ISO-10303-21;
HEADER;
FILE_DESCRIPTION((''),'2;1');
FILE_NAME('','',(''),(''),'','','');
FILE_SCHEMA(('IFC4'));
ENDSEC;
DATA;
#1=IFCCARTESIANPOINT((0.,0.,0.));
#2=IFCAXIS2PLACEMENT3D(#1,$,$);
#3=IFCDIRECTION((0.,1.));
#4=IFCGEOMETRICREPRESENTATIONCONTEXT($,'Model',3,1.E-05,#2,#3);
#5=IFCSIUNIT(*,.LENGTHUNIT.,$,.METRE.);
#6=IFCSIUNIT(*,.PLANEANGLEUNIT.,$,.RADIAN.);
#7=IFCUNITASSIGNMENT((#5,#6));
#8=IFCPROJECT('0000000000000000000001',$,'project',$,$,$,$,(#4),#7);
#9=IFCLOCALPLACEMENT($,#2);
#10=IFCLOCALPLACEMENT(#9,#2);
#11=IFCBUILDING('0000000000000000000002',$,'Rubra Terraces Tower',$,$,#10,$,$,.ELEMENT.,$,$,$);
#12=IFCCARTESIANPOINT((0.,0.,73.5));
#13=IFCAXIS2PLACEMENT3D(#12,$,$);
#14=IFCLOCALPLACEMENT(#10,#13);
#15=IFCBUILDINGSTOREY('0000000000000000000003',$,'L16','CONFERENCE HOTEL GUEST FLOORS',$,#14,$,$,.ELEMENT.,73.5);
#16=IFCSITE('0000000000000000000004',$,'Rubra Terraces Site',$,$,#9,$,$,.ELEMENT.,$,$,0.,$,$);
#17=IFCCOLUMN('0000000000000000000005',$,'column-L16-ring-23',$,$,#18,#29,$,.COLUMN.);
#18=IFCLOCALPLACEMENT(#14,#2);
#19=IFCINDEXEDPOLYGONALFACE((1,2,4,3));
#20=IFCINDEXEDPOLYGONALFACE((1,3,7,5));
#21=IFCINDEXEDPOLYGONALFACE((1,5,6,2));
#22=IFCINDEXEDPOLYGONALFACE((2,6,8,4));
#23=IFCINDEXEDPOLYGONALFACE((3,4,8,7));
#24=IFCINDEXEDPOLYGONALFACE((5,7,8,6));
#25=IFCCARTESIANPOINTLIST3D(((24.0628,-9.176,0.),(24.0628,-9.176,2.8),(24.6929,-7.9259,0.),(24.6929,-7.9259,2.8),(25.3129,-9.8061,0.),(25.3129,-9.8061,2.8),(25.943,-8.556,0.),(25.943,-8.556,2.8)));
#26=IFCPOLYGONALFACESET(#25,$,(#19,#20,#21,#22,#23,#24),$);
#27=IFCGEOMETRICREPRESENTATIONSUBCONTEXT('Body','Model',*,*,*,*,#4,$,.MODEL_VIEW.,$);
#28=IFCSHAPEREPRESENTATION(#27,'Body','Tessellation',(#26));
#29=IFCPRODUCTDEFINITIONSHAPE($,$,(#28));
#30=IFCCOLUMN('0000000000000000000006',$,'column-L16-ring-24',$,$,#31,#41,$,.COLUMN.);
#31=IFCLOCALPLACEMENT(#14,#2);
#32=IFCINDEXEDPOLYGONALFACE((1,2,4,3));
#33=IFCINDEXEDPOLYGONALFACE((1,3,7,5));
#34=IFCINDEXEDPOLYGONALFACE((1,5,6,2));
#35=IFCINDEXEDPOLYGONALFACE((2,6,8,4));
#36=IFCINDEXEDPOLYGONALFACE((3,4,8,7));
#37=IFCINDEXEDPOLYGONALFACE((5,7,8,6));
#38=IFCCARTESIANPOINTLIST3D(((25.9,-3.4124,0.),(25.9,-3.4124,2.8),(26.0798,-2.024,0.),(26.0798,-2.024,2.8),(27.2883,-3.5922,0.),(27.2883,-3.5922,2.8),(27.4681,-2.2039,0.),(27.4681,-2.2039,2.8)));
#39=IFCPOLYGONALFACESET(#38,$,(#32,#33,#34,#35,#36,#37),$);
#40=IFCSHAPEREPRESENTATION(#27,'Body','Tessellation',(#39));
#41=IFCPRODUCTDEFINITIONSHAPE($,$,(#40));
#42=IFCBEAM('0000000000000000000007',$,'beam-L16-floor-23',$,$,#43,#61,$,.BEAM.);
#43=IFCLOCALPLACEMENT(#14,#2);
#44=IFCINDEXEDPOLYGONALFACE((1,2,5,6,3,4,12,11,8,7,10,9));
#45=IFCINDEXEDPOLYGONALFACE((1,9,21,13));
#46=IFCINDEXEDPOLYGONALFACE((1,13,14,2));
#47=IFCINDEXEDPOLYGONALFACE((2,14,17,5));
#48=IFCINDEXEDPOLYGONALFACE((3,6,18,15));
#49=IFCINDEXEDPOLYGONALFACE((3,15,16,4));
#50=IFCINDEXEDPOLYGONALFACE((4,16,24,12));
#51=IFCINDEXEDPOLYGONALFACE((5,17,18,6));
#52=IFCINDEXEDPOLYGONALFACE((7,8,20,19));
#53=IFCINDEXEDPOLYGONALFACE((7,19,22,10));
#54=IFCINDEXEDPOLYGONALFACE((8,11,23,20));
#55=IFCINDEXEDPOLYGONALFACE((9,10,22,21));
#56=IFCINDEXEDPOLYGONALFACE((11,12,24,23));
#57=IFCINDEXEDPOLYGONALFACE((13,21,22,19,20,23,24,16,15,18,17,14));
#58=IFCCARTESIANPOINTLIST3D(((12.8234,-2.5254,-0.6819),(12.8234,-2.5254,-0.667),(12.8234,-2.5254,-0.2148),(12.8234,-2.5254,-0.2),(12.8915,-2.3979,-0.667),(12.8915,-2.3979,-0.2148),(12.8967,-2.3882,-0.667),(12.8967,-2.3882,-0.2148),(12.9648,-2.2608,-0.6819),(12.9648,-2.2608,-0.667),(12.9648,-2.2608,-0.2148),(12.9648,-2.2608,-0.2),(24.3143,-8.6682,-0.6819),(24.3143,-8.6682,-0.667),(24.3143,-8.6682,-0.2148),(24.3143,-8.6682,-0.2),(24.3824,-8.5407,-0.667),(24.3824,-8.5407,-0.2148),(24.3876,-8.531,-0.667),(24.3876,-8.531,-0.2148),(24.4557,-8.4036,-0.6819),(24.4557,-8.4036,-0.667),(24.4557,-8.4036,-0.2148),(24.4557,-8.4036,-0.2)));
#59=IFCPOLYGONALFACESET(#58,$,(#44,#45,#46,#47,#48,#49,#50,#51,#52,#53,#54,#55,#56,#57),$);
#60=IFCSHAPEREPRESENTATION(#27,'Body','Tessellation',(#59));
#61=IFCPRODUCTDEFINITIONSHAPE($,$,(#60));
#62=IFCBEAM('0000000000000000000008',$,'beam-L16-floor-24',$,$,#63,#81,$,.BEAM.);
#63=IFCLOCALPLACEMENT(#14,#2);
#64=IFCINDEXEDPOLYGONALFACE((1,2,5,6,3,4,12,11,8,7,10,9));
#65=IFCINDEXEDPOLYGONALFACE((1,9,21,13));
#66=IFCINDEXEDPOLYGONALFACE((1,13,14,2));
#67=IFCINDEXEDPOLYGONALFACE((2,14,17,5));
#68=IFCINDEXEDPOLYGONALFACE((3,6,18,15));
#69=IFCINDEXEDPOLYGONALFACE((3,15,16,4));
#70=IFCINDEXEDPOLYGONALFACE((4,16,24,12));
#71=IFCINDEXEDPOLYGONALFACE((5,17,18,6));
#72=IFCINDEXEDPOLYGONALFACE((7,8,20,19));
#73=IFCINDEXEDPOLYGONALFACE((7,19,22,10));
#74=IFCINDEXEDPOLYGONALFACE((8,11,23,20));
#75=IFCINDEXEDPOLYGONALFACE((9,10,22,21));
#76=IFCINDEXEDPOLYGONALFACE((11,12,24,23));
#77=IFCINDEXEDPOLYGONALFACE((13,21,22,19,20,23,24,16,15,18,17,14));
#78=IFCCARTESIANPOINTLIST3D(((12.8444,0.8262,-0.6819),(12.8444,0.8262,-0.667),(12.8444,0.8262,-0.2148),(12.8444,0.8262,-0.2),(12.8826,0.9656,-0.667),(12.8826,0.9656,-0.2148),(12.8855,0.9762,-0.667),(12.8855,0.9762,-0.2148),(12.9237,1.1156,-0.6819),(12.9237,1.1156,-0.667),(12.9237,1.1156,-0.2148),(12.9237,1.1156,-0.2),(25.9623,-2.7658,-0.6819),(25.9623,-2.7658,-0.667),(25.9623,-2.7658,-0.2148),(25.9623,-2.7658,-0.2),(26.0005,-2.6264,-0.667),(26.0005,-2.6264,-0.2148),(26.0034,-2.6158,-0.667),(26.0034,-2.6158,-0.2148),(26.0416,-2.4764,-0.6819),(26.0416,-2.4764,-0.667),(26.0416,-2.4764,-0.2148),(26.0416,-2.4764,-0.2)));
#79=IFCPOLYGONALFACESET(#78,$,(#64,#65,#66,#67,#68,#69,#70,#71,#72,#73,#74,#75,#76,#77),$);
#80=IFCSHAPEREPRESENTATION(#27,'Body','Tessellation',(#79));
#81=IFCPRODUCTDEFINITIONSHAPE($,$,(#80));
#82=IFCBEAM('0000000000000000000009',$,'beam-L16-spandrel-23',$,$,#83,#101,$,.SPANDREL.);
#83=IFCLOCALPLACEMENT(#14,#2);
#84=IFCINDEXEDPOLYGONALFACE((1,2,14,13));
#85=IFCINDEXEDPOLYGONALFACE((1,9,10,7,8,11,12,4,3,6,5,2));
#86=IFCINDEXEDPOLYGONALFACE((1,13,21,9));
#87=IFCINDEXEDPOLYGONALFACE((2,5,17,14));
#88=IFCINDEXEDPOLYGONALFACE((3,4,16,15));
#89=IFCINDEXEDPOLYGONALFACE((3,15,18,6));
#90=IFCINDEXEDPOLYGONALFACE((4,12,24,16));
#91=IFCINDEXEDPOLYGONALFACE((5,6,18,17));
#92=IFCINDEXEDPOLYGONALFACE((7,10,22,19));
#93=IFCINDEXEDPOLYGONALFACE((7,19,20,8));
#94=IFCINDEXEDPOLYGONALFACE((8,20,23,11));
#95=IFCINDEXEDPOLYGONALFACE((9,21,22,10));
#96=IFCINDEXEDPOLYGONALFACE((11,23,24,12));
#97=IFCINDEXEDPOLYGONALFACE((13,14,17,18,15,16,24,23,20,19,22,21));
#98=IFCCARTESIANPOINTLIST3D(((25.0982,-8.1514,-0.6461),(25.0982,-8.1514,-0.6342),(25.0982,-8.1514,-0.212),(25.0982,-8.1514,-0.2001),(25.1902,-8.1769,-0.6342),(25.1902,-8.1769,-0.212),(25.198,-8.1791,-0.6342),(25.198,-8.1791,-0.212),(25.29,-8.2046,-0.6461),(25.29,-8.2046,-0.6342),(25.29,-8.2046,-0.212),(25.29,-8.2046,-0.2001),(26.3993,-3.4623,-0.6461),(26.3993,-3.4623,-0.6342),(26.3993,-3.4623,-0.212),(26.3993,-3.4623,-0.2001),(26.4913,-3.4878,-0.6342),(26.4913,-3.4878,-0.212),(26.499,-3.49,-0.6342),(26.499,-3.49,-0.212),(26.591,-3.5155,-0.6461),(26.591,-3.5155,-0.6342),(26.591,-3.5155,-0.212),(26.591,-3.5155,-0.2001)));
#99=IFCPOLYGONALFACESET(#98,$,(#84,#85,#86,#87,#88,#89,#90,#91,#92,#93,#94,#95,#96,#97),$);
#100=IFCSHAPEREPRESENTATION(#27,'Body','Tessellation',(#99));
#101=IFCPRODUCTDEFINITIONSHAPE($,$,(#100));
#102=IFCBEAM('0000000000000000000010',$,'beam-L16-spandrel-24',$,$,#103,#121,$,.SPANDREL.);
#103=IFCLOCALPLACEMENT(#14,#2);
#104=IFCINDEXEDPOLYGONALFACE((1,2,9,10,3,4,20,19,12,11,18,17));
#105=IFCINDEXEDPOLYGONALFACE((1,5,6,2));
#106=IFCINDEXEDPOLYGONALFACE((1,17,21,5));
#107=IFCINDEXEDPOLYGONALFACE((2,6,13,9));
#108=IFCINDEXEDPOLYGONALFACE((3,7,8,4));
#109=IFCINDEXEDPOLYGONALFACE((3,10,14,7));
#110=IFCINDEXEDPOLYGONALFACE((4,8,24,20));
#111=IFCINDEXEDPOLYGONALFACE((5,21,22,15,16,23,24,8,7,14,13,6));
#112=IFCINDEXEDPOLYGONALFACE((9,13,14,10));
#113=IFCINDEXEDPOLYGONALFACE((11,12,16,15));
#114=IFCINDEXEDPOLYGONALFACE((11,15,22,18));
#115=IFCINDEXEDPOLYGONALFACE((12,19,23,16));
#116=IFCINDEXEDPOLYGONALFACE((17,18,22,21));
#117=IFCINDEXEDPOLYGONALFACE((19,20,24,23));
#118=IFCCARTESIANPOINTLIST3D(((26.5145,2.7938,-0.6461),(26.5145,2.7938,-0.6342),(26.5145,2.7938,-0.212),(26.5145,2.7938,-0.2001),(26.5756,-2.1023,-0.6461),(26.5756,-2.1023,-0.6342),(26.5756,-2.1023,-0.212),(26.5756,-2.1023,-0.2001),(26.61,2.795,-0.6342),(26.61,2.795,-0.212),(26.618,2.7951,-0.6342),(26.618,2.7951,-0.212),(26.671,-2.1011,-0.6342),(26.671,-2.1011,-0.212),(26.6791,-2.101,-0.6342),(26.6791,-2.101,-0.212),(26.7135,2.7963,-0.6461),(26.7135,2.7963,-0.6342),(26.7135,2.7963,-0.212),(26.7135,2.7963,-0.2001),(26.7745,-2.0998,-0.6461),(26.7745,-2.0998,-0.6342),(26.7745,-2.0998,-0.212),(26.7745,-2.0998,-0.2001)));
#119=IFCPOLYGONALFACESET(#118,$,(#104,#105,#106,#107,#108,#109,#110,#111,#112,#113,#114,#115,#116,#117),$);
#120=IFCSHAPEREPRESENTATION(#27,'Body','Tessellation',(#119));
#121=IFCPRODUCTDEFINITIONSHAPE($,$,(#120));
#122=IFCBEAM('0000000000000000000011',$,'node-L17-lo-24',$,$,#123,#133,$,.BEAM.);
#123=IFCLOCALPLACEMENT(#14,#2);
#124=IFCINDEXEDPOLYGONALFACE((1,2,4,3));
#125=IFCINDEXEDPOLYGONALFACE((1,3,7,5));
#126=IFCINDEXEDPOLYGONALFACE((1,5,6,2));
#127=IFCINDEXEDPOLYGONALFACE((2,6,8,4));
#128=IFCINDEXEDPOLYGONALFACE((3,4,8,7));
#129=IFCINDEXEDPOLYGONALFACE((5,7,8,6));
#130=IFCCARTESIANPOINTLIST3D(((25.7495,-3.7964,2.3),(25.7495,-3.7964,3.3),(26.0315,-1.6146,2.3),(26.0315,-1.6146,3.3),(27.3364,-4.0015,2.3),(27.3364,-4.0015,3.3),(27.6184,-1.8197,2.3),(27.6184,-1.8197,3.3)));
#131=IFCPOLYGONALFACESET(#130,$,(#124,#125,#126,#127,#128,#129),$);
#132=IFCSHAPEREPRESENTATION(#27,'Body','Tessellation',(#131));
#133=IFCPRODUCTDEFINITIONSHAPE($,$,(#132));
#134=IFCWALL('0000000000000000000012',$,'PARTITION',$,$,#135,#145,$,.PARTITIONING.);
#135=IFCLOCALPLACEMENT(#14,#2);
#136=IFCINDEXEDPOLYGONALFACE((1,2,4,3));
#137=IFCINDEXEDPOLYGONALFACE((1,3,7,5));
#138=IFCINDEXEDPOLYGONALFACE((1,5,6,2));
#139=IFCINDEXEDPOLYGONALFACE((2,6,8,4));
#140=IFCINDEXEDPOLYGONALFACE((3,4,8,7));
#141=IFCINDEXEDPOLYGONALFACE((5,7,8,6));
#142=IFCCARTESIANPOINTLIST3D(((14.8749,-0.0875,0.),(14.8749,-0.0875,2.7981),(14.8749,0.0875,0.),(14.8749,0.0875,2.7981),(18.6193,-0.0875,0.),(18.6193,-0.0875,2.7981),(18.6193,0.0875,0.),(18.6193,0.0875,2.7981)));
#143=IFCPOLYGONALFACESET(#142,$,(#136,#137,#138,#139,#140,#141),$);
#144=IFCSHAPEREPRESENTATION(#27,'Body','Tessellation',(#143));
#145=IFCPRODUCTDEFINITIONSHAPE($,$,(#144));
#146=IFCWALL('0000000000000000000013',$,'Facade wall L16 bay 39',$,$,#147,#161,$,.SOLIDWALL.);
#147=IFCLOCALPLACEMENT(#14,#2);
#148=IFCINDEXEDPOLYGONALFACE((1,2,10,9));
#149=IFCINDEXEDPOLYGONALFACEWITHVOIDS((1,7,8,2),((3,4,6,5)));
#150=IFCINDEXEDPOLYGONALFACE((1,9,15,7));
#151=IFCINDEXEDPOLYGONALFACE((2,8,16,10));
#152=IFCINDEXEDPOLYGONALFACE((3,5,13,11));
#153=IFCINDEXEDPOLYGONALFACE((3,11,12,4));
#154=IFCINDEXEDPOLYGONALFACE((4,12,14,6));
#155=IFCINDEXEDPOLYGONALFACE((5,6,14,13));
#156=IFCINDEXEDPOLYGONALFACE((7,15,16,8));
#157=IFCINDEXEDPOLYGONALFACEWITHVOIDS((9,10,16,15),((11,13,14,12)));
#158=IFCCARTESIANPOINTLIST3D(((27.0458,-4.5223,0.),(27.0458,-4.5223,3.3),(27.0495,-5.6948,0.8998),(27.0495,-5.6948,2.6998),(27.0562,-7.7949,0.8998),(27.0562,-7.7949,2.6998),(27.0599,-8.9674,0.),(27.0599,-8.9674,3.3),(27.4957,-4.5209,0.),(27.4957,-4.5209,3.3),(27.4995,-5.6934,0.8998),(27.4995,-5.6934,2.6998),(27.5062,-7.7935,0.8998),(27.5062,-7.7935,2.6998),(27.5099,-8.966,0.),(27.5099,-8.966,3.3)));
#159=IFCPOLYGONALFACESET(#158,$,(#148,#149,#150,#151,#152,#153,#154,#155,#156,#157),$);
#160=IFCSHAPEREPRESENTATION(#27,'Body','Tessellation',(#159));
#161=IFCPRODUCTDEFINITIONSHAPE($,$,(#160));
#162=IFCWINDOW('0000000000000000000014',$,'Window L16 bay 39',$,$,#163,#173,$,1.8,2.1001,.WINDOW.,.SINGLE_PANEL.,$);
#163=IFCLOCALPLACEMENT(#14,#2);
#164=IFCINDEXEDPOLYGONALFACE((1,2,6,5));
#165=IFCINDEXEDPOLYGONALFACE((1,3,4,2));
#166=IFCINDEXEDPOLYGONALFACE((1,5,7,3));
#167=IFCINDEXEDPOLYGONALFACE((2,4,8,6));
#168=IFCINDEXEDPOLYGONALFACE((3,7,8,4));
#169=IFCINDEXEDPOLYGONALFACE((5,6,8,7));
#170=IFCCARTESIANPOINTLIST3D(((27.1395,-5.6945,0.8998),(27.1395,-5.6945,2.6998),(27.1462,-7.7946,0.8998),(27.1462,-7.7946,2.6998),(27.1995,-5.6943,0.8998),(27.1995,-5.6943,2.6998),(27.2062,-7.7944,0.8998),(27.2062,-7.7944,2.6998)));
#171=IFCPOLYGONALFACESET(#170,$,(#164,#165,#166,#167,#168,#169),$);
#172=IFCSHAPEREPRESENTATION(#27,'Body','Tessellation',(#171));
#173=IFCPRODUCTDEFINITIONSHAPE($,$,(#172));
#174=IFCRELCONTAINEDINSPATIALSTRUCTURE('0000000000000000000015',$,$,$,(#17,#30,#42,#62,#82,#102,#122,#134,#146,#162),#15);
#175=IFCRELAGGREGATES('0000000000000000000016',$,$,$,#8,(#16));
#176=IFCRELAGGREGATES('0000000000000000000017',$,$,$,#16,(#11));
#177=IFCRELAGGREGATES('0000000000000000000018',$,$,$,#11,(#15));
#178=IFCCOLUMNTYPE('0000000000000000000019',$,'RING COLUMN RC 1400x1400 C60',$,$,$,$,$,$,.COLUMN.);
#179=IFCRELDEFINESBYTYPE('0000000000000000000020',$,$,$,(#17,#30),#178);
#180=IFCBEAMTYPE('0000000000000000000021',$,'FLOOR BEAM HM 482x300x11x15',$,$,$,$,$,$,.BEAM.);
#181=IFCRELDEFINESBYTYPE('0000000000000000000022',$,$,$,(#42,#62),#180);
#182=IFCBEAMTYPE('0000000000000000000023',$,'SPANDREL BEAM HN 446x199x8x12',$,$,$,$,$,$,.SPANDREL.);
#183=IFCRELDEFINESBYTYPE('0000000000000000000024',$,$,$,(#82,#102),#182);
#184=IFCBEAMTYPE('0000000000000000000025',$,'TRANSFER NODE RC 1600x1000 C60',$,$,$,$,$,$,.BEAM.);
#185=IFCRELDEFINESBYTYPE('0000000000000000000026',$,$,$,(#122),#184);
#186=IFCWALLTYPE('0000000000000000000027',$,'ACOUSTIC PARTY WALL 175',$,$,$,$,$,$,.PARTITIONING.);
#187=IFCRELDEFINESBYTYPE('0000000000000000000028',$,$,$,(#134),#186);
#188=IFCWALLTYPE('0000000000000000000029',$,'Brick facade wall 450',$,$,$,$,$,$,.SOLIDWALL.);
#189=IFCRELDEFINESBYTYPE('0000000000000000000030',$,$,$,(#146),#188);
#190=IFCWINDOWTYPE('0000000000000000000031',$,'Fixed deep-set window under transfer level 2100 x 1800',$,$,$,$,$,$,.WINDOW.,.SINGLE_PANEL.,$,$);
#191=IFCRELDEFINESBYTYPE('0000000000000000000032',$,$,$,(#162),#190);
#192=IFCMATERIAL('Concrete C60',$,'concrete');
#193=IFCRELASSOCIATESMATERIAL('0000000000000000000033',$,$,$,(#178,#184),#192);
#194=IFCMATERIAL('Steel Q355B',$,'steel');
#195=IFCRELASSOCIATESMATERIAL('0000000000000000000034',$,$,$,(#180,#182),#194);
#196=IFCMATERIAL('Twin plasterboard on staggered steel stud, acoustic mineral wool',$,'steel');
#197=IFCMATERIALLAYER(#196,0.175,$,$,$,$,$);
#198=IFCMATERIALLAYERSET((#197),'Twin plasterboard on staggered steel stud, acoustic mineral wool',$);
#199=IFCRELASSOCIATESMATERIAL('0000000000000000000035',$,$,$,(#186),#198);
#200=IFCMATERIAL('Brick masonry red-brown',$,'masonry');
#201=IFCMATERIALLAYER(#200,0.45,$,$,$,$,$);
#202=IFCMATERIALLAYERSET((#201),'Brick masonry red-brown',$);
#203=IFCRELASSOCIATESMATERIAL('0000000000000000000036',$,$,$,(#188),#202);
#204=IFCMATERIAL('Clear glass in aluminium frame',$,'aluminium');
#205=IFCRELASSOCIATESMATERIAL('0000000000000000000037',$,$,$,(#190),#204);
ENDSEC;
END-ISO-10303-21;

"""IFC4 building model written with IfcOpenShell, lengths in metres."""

from ifc_helpers import new_model, si_unit, direction, frame, frame_2d, origin, origin_2d, place, context, subcontext, project, spatial, rectangle, i_section, extrude, material, layer, layer_set, material_profile, profile_set, type_object, element, fill, save


model = new_model("IFC4")

# Units and contexts
model_context = context("Model", 3, precision=1e-05, world=origin(), true_north=direction((0.0, 1.0)))
body_context = subcontext(model_context, "Body", "Model", "MODEL_VIEW")
ifc_project = project(units=[si_unit("LENGTHUNIT", "METRE"), si_unit("PLANEANGLEUNIT", "RADIAN")], contexts=[model_context])

# Site, building, storey
site_placement = place(None, origin())
site = spatial("IfcSite", under=ifc_project, at=site_placement, Name="Rubra Terraces Site", CompositionType="ELEMENT", RefElevation=0.0)
building_placement = place(site_placement, origin())
building = spatial("IfcBuilding", under=site, at=building_placement, Name="Rubra Terraces Tower", CompositionType="ELEMENT")
storey_placement = place(building_placement, frame((0.0, 0.0, 73.5)))
storey = spatial("IfcBuildingStorey", under=building, at=storey_placement, Name="L16", Description="CONFERENCE HOTEL GUEST FLOORS", CompositionType="ELEMENT", Elevation=73.5)

# Columns
ifc_material_1 = material(Name="Concrete C60", Category="concrete")
ifc_material_profile_1 = material_profile(ifc_material_1, rectangle(XDim=1.3999, YDim=1.3999, at=origin_2d()), Name="RC 1400x1400")
ifc_profile_set_1 = profile_set([ifc_material_profile_1], Name="Concrete C60")
column_type = type_object("IfcColumnType", Name="RING COLUMN RC 1400x1400 C60", PredefinedType="COLUMN", material=ifc_profile_set_1)
for number, where, z_axis, x_axis, name in (
    (1, (25.0029, -8.866, 0.0), (0.0, 0.0, 1.0), (0.450099, 0.892979, 0.0), "column-L16-ring-23"),
    (2, (26.6841, -2.8081, 0.0), (0.0, 0.0, 1.0), (0.128445, 0.991717, 0.0), "column-L16-ring-24"),
):
    element("IfcColumn", number, at=place(storey_placement, frame(where, z_axis=z_axis, x_axis=x_axis)), inside=storey, type_object=column_type, Name=name, PredefinedType="COLUMN", context=body_context, shape_type="SweptSolid", body=[
        extrude(rectangle(XDim=1.3999, YDim=1.3999, at=origin_2d()), origin(), (0.0, 0.0, 1.0), 2.8),
    ])

# Beams
ifc_material_2 = material(Name="Steel Q355B", Category="steel")
ifc_material_profile_2 = material_profile(ifc_material_2, i_section(OverallWidth=0.3, OverallDepth=0.4819, WebThickness=0.011, FlangeThickness=0.0149, at=origin_2d()), Name="HM 482x300x11x15")
ifc_profile_set_2 = profile_set([ifc_material_profile_2], Name="Steel Q355B")
beam_type_1 = type_object("IfcBeamType", Name="FLOOR BEAM HM 482x300x11x15", PredefinedType="BEAM", material=ifc_profile_set_2)
beam_1_placement = place(storey_placement, frame((24.385, -8.5359, -0.4409), z_axis=(-0.881897, 0.471443, 0.0), x_axis=(-0.471443, -0.881897, 0.0)))
element("IfcBeam", 3, at=beam_1_placement, inside=storey, type_object=beam_type_1, Name="beam-L16-floor-23", PredefinedType="BEAM", context=body_context, shape_type="SweptSolid", body=[
    extrude(i_section(OverallWidth=0.3, OverallDepth=0.4819, WebThickness=0.011, FlangeThickness=0.0149, at=origin_2d()), origin(), (0.0, 0.0, 1.0), 13.0298),
])
beam_2_placement = place(storey_placement, frame((26.002, -2.6211, -0.4409), z_axis=(-0.964494, 0.264105, 0.0), x_axis=(-0.264105, -0.964494, 0.0)))
element("IfcBeam", 4, at=beam_2_placement, inside=storey, type_object=beam_type_1, Name="beam-L16-floor-24", PredefinedType="BEAM", context=body_context, shape_type="SweptSolid", body=[
    extrude(i_section(OverallWidth=0.3, OverallDepth=0.4819, WebThickness=0.011, FlangeThickness=0.0149, at=origin_2d()), origin(), (0.0, 0.0, 1.0), 13.6008),
])
ifc_material_profile_3 = material_profile(ifc_material_2, i_section(OverallWidth=0.199, OverallDepth=0.446, WebThickness=0.0081, FlangeThickness=0.012, at=origin_2d()), Name="HN 446x199x8x12")
ifc_profile_set_3 = profile_set([ifc_material_profile_3], Name="Steel Q355B")
beam_type_2 = type_object("IfcBeamType", Name="SPANDREL BEAM HN 446x199x8x12", PredefinedType="SPANDREL", material=ifc_profile_set_3)
beam_3_placement = place(storey_placement, frame((25.1941, -8.178, -0.4231), z_axis=(0.267364, 0.963595, 0.0), x_axis=(-0.963595, 0.267364, 0.0)))
element("IfcBeam", 5, at=beam_3_placement, inside=storey, type_object=beam_type_2, Name="beam-L16-spandrel-23", PredefinedType="SPANDREL", context=body_context, shape_type="SweptSolid", body=[
    extrude(i_section(OverallWidth=0.199, OverallDepth=0.446, WebThickness=0.0081, FlangeThickness=0.012, at=origin_2d()), origin(), (0.0, 0.0, 1.0), 4.8662),
])
beam_4_placement = place(storey_placement, frame((26.675, -2.1011, -0.4231), z_axis=(-0.012465, 0.999922, 0.0), x_axis=(-0.999922, -0.012465, 0.0)))
element("IfcBeam", 6, at=beam_4_placement, inside=storey, type_object=beam_type_2, Name="beam-L16-spandrel-24", PredefinedType="SPANDREL", context=body_context, shape_type="SweptSolid", body=[
    extrude(i_section(OverallWidth=0.199, OverallDepth=0.446, WebThickness=0.0081, FlangeThickness=0.012, at=origin_2d()), origin(), (0.0, 0.0, 1.0), 4.8965),
])
ifc_material_profile_4 = material_profile(ifc_material_1, rectangle(XDim=1.6001, YDim=1.0, at=origin_2d()), Name="RC 1600x1000")
ifc_profile_set_4 = profile_set([ifc_material_profile_4], Name="Concrete C60")
beam_type_3 = type_object("IfcBeamType", Name="TRANSFER NODE RC 1600x1000 C60", PredefinedType="BEAM", material=ifc_profile_set_4)
beam_5_placement = place(storey_placement, frame((26.543, -3.8989, 2.8), z_axis=(0.128172, 0.991752, 0.0), x_axis=(-0.991752, 0.128172, 0.0)))
element("IfcBeam", 7, at=beam_5_placement, inside=storey, type_object=beam_type_3, Name="node-L17-lo-24", PredefinedType="BEAM", context=body_context, shape_type="SweptSolid", body=[
    extrude(rectangle(XDim=1.6001, YDim=1.0, at=origin_2d()), origin(), (0.0, 0.0, 1.0), 2.2),
])

# Wall
ifc_material_3 = material(Name="Twin plasterboard on staggered steel stud, acoustic mineral wool", Category="steel")
ifc_layer_1 = layer(ifc_material_3, 0.175)
ifc_layer_set_1 = layer_set([ifc_layer_1], Name="Twin plasterboard on staggered steel stud, acoustic mineral wool")
wall_type_1 = type_object("IfcWallType", Name="ACOUSTIC PARTY WALL 175", PredefinedType="PARTITIONING", material=ifc_layer_set_1)
wall_1_placement = place(storey_placement, frame((14.875, 0.0, 0.0), z_axis=(0.0, 0.0, 1.0), x_axis=(1.0, 0.0, 0.0)))
element("IfcWall", 8, at=wall_1_placement, inside=storey, type_object=wall_type_1, Name="PARTITION", PredefinedType="PARTITIONING", context=body_context, shape_type="SweptSolid", body=[
    extrude(rectangle(XDim=3.7444, YDim=0.175, at=frame_2d((1.8721, 0.0))), origin(), (0.0, 0.0, 1.0), 2.7981),
])

# Wall, opening, window
ifc_material_4 = material(Name="Brick masonry red-brown", Category="masonry")
ifc_layer_2 = layer(ifc_material_4, 0.45)
ifc_layer_set_2 = layer_set([ifc_layer_2], Name="Brick masonry red-brown")
wall_type_2 = type_object("IfcWallType", Name="Brick facade wall 450", PredefinedType="SOLIDWALL", material=ifc_layer_set_2)
wall_2_placement = place(storey_placement, frame((27.2849, -8.9668, 0.0), z_axis=(0.0, 0.0, 1.0), x_axis=(-0.003186, 0.999995, 0.0)))
wall_2 = element("IfcWall", 9, at=wall_2_placement, inside=storey, type_object=wall_type_2, Name="Facade wall L16 bay 39", PredefinedType="SOLIDWALL", context=body_context, shape_type="SweptSolid", body=[
    extrude(rectangle(XDim=4.4451, YDim=0.45, at=frame_2d((2.2227, 0.0))), origin(), (0.0, 0.0, 1.0), 3.3),
])
opening_1_placement = place(wall_2_placement, frame((1.1726, 0.0, 0.8999)))
opening_1 = element("IfcOpeningElement", 10, at=opening_1_placement, cuts=wall_2, PredefinedType="OPENING", context=body_context, shape_type="SweptSolid", body=[
    extrude(rectangle(XDim=2.1001, YDim=1.8, at=frame_2d((1.05, 0.8999))), frame((0.0, 0.2349, 0.0), z_axis=(0.0, -1.0, 0.0), x_axis=(1.0, 0.0, 0.0)), (0.0, 0.0, 1.0), 0.47),
])
ifc_material_5 = material(Name="Clear glass in aluminium frame", Category="aluminium")
window_type = type_object("IfcWindowType", Name="Fixed deep-set window under transfer level 2100 x 1800", PartitioningType="SINGLE_PANEL", PredefinedType="WINDOW", material=ifc_material_5)
window_1_placement = place(opening_1_placement, origin())
window_1 = element("IfcWindow", 11, at=window_1_placement, inside=storey, type_object=window_type, Name="Window L16 bay 39", OverallHeight=1.8, OverallWidth=2.1001, PartitioningType="SINGLE_PANEL", PredefinedType="WINDOW", context=body_context, shape_type="SweptSolid", body=[
    extrude(rectangle(XDim=2.1001, YDim=1.8, at=frame_2d((1.05, 0.8999))), frame((0.0, 0.135, 0.0), z_axis=(0.0, -1.0, 0.0), x_axis=(1.0, 0.0, 0.0)), (0.0, 0.0, 1.0), 0.0601),
])
fill(opening_1, window_1)

save(model, "model.ifc")
